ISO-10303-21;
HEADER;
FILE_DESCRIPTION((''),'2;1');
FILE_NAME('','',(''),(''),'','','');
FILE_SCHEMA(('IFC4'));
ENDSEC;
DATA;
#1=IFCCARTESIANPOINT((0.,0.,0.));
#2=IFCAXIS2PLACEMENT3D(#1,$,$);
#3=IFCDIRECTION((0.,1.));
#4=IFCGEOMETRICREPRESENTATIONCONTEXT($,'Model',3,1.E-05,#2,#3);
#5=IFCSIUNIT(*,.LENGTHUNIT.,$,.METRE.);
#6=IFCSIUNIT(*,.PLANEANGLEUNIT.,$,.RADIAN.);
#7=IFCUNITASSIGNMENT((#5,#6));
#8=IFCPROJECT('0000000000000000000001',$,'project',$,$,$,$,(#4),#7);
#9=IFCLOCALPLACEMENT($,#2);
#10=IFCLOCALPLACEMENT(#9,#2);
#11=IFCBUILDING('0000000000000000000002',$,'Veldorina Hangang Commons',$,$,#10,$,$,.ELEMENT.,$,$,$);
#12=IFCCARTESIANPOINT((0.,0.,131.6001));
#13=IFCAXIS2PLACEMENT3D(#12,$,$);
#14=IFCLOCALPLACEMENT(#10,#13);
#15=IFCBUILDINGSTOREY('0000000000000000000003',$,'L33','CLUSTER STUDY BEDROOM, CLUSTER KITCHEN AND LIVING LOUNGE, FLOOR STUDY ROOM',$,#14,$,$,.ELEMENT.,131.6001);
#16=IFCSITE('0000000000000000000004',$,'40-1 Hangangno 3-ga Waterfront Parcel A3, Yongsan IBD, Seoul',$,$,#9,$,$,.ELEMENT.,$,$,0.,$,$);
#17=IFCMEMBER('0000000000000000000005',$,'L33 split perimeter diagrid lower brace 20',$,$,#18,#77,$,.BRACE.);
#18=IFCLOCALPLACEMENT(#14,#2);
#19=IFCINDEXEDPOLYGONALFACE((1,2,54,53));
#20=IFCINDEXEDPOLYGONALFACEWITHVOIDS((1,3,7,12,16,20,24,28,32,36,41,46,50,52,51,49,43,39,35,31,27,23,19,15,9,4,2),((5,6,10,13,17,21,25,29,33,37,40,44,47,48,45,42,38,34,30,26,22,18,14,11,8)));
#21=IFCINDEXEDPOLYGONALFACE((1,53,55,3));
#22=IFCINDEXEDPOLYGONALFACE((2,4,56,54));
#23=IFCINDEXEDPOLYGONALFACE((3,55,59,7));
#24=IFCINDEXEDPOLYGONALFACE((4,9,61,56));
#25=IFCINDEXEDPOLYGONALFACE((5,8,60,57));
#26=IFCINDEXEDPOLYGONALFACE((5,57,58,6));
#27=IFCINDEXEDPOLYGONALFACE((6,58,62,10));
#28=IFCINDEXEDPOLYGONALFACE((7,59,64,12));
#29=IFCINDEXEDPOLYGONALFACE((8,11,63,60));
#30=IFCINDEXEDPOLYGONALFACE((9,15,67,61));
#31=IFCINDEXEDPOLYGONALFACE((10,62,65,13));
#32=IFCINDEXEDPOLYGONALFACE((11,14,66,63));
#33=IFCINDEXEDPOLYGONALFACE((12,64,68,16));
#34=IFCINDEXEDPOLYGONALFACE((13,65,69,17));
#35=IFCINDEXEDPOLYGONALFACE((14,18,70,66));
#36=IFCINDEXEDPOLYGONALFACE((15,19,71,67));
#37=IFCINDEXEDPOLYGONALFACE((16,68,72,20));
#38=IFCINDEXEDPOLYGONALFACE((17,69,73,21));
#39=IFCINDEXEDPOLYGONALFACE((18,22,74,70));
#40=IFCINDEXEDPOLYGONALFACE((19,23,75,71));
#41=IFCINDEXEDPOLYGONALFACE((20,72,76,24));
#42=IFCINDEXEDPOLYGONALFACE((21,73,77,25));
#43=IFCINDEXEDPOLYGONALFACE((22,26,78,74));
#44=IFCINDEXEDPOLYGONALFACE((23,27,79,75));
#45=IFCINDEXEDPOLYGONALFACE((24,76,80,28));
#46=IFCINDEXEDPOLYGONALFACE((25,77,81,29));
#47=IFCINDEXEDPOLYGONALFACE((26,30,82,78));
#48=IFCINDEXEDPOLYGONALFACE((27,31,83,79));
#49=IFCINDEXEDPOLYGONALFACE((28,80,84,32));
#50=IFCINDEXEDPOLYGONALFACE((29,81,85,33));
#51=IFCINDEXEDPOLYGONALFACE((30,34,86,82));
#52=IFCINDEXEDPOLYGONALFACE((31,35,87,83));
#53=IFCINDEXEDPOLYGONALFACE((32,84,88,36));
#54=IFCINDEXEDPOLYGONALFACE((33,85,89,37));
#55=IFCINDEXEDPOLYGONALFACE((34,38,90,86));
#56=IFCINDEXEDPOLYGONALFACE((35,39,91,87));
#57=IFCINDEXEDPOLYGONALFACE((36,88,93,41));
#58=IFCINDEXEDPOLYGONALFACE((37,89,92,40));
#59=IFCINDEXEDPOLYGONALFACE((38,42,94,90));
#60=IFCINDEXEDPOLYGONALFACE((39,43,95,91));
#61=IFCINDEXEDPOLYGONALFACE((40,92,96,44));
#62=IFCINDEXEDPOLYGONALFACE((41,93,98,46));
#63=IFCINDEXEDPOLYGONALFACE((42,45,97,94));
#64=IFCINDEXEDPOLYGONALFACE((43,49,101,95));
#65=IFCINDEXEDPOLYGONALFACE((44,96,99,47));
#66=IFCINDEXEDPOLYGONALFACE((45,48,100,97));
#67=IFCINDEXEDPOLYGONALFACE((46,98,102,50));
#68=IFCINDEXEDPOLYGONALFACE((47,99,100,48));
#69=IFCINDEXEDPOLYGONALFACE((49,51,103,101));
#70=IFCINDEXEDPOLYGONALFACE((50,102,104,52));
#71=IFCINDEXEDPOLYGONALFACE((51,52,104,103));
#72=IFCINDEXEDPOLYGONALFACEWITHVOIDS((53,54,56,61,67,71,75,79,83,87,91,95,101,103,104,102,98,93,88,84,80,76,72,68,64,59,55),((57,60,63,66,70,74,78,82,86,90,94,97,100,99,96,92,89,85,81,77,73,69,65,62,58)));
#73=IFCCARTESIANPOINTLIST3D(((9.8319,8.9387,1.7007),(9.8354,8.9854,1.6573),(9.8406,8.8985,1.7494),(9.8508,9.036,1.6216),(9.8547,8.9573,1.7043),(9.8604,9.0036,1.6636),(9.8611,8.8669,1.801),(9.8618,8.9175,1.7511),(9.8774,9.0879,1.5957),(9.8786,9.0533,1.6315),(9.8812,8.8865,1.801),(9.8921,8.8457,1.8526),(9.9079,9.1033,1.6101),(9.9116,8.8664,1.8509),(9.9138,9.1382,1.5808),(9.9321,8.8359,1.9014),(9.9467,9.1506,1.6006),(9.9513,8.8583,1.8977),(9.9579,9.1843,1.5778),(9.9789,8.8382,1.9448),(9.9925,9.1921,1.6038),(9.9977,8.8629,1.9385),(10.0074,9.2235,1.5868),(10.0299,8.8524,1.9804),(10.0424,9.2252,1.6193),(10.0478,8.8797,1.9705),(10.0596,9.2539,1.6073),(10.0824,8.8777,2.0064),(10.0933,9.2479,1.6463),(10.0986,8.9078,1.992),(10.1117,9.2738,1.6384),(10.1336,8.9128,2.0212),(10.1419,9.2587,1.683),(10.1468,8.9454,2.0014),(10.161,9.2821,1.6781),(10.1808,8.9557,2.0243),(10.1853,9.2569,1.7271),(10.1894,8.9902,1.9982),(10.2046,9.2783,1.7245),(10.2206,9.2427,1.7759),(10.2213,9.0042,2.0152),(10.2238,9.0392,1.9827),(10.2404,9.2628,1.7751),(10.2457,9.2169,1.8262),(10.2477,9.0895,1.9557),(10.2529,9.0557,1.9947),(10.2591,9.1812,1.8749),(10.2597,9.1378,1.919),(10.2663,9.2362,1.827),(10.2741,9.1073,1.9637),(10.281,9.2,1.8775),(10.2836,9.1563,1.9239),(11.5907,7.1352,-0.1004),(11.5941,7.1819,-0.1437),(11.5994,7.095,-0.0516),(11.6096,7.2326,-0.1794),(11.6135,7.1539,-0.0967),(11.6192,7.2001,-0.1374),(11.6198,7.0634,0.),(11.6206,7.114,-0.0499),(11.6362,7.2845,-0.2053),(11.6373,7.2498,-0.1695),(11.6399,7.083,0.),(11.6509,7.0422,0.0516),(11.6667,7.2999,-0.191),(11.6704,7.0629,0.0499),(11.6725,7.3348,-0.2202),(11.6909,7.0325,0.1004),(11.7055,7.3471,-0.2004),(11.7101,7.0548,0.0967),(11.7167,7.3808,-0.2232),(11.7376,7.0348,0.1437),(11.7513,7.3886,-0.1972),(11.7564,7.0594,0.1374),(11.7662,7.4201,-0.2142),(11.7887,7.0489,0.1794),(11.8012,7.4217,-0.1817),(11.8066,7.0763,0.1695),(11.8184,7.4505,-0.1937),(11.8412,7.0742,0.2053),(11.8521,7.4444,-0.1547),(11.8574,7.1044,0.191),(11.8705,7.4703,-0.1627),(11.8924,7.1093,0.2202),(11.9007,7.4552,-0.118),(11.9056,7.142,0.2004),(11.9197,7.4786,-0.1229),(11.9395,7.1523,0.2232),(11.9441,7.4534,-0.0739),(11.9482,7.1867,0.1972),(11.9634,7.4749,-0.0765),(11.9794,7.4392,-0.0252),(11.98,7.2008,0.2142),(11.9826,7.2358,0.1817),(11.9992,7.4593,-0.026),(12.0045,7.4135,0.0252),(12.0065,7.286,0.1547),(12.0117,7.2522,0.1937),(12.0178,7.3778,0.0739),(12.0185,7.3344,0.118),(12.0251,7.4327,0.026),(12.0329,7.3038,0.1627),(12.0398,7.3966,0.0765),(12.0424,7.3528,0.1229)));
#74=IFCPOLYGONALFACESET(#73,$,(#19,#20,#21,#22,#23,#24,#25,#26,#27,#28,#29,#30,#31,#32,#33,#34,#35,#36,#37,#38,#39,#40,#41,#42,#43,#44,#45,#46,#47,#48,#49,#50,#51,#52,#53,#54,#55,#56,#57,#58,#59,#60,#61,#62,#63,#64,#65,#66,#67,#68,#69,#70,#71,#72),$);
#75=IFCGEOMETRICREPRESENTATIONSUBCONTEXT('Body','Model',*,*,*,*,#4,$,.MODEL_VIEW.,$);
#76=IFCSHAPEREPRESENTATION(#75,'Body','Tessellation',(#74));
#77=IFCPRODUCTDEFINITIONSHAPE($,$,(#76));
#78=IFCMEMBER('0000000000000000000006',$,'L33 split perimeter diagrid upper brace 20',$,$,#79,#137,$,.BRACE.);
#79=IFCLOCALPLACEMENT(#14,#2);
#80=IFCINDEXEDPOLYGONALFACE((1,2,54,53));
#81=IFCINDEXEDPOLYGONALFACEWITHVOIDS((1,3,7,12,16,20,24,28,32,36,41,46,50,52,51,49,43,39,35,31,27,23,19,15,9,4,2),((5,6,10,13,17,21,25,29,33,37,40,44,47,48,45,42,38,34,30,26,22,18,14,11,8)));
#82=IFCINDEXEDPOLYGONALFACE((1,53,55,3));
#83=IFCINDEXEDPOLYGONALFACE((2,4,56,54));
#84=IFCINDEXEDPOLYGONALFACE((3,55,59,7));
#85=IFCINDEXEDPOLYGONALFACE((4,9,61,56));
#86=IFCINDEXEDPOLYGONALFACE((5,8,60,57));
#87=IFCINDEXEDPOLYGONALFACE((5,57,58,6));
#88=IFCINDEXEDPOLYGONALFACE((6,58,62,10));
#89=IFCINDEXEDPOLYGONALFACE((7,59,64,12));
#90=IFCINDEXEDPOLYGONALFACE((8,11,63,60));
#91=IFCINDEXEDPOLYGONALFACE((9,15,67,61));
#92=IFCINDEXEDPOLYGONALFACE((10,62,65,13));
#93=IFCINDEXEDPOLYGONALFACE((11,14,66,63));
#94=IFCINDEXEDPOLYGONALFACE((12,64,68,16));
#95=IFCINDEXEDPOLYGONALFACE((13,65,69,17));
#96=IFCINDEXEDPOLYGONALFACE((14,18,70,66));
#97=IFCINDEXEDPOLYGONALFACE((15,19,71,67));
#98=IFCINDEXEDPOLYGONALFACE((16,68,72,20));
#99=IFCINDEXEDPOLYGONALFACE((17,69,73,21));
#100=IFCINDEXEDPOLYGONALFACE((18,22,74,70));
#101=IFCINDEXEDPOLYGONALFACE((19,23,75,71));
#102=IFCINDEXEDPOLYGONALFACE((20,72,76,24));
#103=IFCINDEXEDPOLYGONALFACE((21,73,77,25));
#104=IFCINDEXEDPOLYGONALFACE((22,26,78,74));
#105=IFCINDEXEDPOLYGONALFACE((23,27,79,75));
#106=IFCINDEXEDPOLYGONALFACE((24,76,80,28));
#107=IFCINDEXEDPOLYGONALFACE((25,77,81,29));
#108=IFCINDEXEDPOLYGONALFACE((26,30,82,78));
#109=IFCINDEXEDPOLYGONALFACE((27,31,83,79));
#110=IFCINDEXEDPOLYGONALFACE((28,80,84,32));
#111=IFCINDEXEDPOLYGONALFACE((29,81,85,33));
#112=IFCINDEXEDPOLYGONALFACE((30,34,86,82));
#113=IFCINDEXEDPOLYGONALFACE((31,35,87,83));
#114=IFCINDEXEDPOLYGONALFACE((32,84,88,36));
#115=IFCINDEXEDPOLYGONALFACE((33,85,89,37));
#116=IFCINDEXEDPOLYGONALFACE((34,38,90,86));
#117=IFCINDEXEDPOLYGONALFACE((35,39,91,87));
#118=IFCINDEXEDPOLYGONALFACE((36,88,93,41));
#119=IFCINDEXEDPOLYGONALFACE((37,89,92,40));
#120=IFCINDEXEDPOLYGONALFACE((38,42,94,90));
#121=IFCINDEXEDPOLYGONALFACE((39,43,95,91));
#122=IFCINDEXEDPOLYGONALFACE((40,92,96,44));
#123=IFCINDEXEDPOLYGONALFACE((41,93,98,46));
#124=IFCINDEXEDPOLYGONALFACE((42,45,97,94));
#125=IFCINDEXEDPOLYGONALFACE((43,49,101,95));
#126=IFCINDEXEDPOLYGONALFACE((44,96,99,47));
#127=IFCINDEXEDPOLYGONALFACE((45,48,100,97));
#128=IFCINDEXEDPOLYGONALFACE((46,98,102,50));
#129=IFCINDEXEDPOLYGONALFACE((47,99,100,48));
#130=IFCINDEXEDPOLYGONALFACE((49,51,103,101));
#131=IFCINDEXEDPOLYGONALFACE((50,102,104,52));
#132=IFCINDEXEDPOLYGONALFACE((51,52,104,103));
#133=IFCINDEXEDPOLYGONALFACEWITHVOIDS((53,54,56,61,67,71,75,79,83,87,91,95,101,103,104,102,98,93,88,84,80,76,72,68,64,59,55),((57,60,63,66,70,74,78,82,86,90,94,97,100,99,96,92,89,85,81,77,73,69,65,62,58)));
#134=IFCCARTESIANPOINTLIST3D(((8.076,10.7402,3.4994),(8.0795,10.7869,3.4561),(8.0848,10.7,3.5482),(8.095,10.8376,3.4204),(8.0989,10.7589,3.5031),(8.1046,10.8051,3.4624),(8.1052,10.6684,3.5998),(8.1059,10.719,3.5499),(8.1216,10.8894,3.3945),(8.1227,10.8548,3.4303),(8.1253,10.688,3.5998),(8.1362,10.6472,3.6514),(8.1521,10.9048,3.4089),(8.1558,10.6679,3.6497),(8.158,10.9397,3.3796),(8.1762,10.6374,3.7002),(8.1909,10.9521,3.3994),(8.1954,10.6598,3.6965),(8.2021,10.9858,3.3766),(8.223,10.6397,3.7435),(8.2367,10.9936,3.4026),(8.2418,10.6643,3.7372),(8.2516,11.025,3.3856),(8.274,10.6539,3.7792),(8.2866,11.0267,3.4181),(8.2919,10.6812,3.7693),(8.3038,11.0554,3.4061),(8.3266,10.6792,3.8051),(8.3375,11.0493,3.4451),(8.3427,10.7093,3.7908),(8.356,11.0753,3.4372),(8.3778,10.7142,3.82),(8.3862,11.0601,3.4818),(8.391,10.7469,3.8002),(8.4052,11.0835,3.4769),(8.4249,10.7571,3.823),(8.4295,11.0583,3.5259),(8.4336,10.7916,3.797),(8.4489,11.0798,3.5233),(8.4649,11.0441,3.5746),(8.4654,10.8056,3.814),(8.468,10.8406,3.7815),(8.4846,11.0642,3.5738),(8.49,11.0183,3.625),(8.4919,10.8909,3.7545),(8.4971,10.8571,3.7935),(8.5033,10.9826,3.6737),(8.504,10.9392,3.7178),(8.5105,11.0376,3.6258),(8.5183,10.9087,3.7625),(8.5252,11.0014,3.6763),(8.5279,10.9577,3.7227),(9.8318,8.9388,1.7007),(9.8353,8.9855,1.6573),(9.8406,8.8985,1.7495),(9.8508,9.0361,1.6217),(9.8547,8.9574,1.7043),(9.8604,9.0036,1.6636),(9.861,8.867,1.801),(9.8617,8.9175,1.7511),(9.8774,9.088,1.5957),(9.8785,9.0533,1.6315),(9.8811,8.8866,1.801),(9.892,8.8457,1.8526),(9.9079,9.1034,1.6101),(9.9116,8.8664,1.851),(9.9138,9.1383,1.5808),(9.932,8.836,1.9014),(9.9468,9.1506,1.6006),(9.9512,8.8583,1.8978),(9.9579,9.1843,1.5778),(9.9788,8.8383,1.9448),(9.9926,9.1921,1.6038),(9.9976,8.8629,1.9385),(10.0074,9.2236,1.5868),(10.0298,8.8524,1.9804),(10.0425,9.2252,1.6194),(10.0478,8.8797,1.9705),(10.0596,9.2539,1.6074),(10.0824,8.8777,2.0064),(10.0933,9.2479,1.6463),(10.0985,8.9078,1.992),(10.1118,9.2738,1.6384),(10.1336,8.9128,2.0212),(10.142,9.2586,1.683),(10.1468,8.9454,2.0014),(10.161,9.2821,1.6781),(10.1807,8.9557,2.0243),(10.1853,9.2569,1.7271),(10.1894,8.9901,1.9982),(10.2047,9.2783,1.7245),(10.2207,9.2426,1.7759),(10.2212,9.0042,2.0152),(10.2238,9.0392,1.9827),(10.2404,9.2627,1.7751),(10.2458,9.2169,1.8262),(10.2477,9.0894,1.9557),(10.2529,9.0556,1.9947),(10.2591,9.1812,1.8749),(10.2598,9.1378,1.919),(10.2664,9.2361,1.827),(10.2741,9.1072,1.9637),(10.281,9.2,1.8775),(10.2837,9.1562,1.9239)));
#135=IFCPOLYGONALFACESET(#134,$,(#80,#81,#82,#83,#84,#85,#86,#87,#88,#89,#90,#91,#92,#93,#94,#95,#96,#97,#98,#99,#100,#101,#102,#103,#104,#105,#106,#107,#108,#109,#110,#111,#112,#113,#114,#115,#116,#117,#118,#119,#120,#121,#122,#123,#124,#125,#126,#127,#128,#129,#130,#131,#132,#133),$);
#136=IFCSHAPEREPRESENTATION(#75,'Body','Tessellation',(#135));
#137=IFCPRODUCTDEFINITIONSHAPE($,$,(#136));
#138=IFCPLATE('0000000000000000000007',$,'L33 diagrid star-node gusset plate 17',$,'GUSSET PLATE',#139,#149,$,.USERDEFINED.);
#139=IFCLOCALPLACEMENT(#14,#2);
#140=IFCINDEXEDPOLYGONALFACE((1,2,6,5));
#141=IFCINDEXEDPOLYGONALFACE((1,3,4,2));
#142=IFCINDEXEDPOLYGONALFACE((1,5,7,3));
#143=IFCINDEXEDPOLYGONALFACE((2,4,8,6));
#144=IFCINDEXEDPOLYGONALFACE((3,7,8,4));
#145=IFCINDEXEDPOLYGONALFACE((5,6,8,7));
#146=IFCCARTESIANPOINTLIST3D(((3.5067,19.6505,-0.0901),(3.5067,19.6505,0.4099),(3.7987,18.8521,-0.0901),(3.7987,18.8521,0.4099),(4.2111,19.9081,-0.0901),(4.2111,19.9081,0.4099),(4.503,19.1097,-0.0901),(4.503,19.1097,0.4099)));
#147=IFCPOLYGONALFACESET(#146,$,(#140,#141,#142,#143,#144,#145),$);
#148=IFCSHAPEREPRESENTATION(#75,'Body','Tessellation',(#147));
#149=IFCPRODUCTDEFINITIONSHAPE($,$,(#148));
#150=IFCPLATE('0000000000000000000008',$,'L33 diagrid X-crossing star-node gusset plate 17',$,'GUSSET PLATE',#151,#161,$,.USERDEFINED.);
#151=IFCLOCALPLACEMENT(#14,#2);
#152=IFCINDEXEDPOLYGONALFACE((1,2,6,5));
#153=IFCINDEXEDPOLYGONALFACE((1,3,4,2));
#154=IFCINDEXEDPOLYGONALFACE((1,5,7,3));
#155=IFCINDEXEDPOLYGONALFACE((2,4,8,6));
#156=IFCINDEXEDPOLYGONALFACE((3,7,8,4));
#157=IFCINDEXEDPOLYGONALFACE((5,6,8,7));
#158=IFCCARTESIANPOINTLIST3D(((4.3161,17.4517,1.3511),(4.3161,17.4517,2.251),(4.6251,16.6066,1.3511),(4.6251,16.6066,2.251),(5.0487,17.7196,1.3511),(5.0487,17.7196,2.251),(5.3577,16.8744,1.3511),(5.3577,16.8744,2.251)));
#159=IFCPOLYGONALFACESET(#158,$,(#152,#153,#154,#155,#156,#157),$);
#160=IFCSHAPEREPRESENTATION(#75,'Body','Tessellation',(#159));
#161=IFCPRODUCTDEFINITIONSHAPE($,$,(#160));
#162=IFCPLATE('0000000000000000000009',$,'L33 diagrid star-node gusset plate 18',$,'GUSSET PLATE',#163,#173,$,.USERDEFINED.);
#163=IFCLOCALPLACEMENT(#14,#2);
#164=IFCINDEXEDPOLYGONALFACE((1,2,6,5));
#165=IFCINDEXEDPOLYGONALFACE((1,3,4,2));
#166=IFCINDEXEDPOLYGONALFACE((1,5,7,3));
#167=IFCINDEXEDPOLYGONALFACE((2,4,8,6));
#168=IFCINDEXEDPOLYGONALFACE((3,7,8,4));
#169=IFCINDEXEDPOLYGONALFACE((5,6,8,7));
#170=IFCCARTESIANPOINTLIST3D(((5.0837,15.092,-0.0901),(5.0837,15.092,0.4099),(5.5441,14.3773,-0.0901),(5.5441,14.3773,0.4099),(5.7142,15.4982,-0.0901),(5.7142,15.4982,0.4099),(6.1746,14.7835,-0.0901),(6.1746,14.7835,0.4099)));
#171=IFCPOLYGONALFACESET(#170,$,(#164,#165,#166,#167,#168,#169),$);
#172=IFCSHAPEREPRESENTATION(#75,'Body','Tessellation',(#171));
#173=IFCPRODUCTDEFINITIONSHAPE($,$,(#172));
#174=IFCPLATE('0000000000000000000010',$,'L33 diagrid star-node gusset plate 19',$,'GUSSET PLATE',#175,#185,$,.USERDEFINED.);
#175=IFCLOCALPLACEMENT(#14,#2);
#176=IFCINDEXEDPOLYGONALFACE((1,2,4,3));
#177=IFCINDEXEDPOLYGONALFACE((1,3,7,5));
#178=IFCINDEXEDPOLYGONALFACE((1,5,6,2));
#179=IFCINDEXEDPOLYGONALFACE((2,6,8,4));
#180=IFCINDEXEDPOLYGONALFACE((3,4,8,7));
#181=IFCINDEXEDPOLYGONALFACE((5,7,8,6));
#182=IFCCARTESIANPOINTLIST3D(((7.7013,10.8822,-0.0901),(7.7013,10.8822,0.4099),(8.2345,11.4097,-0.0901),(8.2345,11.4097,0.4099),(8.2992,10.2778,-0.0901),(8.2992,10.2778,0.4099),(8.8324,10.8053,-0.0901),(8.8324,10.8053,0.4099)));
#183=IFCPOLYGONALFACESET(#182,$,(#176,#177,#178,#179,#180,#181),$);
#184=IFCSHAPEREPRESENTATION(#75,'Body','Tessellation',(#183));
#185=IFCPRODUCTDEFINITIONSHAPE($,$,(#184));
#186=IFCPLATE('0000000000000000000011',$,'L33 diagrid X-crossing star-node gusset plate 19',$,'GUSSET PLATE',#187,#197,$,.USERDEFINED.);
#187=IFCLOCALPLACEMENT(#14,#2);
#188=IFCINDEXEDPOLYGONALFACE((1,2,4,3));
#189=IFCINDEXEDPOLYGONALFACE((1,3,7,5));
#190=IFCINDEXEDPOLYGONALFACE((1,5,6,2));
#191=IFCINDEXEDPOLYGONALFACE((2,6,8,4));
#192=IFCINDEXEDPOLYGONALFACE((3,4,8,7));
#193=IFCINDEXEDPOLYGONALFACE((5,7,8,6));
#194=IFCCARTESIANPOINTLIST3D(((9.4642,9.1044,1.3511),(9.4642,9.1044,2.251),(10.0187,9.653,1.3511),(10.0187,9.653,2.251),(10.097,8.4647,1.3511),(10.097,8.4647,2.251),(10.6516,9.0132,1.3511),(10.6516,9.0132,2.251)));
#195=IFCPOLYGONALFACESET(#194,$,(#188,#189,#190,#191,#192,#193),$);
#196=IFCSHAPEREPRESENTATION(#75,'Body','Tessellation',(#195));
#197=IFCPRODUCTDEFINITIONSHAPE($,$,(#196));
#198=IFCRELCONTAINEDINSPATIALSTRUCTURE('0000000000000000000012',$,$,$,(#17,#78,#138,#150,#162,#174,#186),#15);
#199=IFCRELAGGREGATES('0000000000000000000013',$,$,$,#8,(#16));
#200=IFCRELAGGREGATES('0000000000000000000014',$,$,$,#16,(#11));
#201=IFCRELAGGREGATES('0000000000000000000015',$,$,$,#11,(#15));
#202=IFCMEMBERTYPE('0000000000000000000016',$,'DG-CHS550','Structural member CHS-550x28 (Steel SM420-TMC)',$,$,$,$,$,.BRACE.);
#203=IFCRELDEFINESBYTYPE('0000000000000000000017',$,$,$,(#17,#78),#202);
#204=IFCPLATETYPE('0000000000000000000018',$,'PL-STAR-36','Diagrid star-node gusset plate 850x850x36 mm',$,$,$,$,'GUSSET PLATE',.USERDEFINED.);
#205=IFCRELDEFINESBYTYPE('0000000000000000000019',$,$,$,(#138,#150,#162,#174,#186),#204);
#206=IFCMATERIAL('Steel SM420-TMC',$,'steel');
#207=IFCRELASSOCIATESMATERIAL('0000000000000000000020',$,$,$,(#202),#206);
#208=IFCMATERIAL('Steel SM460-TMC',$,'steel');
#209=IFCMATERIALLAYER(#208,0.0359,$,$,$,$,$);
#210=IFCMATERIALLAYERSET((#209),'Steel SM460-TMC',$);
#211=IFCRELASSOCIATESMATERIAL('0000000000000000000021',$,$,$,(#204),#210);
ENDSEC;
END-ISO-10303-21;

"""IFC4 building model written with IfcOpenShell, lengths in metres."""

from ifc_helpers import new_model, si_unit, direction, frame, origin, origin_2d, place, context, subcontext, project, spatial, rectangle, hollow_circle, extrude, material, layer, layer_set, material_profile, profile_set, type_object, element, save


model = new_model("IFC4")

# Units and contexts
model_context = context("Model", 3, precision=1e-05, world=origin(), true_north=direction((0.0, 1.0)))
body_context = subcontext(model_context, "Body", "Model", "MODEL_VIEW")
ifc_project = project(units=[si_unit("LENGTHUNIT", "METRE"), si_unit("PLANEANGLEUNIT", "RADIAN")], contexts=[model_context])

# Site, building, storey
site_placement = place(None, origin())
site = spatial("IfcSite", under=ifc_project, at=site_placement, Name="40-1 Hangangno 3-ga Waterfront Parcel A3, Yongsan IBD, Seoul", CompositionType="ELEMENT", RefElevation=0.0)
building_placement = place(site_placement, origin())
building = spatial("IfcBuilding", under=site, at=building_placement, Name="Veldorina Hangang Commons", CompositionType="ELEMENT")
storey_placement = place(building_placement, frame((0.0, 0.0, 131.6001)))
storey = spatial("IfcBuildingStorey", under=building, at=storey_placement, Name="L33", Description="CLUSTER STUDY BEDROOM, CLUSTER KITCHEN AND LIVING LOUNGE, FLOOR STUDY ROOM", CompositionType="ELEMENT", Elevation=131.6001)

# Shared definitions
ifc_material_1 = material(Name="Steel SM420-TMC", Category="steel")

# Members
ifc_material_profile_1 = material_profile(ifc_material_1, hollow_circle(Radius=0.2749, WallThickness=0.0281, at=origin_2d()), Name="CHS-550x28")
ifc_profile_set_1 = profile_set([ifc_material_profile_1], Name="Steel SM420-TMC")
member_type = type_object("IfcMemberType", Name="DG-CHS550", Description="Structural member CHS-550x28 (Steel SM420-TMC)", PredefinedType="BRACE", material=ifc_profile_set_1)
member_1_placement = place(storey_placement, frame((11.8167, 7.2554, 0.0), z_axis=(-0.567957, 0.582384, 0.581596), x_axis=(-0.715919, -0.698183, 0.0)))
element("IfcMember", 1, at=member_1_placement, inside=storey, type_object=member_type, Name="L33 split perimeter diagrid lower brace 20", PredefinedType="BRACE", context=body_context, shape_type="SweptSolid", body=[
    extrude(hollow_circle(Radius=0.2749, WallThickness=0.0281, at=origin_2d()), origin(), (0.0, 0.0, 1.0), 3.0967),
])
member_2_placement = place(storey_placement, frame((10.0579, 9.0588, 1.801), z_axis=(-0.567759, 0.582521, 0.581653), x_axis=(-0.716123, -0.697974, 0.0)))
element("IfcMember", 2, at=member_2_placement, inside=storey, type_object=member_type, Name="L33 split perimeter diagrid upper brace 20", PredefinedType="BRACE", context=body_context, shape_type="SweptSolid", body=[
    extrude(hollow_circle(Radius=0.2749, WallThickness=0.0281, at=origin_2d()), origin(), (0.0, 0.0, 1.0), 3.0925),
])

# Plates
ifc_material_2 = material(Name="Steel SM460-TMC", Category="steel")
ifc_layer_1 = layer(ifc_material_2, 0.0359)
ifc_layer_set_1 = layer_set([ifc_layer_1], Name="Steel SM460-TMC")
plate_type = type_object("IfcPlateType", Name="PL-STAR-36", Description="Diagrid star-node gusset plate 850x850x36 mm", ElementType="GUSSET PLATE", PredefinedType="USERDEFINED", material=ifc_layer_set_1)
plate_1_placement = place(storey_placement, frame((4.0049, 19.3801, -0.0901), z_axis=(0.0, 0.0, 1.0), x_axis=(0.343414, -0.939184, 0.0)))
element("IfcPlate", 3, at=plate_1_placement, inside=storey, type_object=plate_type, Name="L33 diagrid star-node gusset plate 17", ObjectType="GUSSET PLATE", PredefinedType="USERDEFINED", context=body_context, shape_type="SweptSolid", body=[
    extrude(rectangle(XDim=0.8501, YDim=0.75, at=origin_2d()), origin(), (0.0, 0.0, 1.0), 0.5),
])
plate_2_placement = place(storey_placement, frame((4.8369, 17.1631, 1.3511), z_axis=(0.0, 0.0, 1.0), x_axis=(0.343414, -0.939184, 0.0)))
element("IfcPlate", 4, at=plate_2_placement, inside=storey, type_object=plate_type, Name="L33 diagrid X-crossing star-node gusset plate 17", ObjectType="GUSSET PLATE", PredefinedType="USERDEFINED", context=body_context, shape_type="SweptSolid", body=[
    extrude(rectangle(XDim=0.8999, YDim=0.78, at=origin_2d()), origin(), (0.0, 0.0, 1.0), 0.8999),
])
for number, where, z_axis, x_axis, name in (
    (5, (5.6292, 14.9377, -0.0901), (0.0, 0.0, 1.0), (0.541606, -0.840633, 0.0), "L33 diagrid star-node gusset plate 18"),
    (6, (8.2668, 10.8438, -0.0901), (0.0, 0.0, 1.0), (0.703258, -0.710935, 0.0), "L33 diagrid star-node gusset plate 19"),
):
    element("IfcPlate", number, at=place(storey_placement, frame(where, z_axis=z_axis, x_axis=x_axis)), inside=storey, type_object=plate_type, Name=name, ObjectType="GUSSET PLATE", PredefinedType="USERDEFINED", context=body_context, shape_type="SweptSolid", body=[
        extrude(rectangle(XDim=0.8501, YDim=0.75, at=origin_2d()), origin(), (0.0, 0.0, 1.0), 0.5),
    ])
plate_3_placement = place(storey_placement, frame((10.0579, 9.0588, 1.3511), z_axis=(0.0, 0.0, 1.0), x_axis=(0.703258, -0.710935, 0.0)))
element("IfcPlate", 7, at=plate_3_placement, inside=storey, type_object=plate_type, Name="L33 diagrid X-crossing star-node gusset plate 19", ObjectType="GUSSET PLATE", PredefinedType="USERDEFINED", context=body_context, shape_type="SweptSolid", body=[
    extrude(rectangle(XDim=0.8999, YDim=0.78, at=origin_2d()), origin(), (0.0, 0.0, 1.0), 0.8999),
])

save(model, "model.ifc")
